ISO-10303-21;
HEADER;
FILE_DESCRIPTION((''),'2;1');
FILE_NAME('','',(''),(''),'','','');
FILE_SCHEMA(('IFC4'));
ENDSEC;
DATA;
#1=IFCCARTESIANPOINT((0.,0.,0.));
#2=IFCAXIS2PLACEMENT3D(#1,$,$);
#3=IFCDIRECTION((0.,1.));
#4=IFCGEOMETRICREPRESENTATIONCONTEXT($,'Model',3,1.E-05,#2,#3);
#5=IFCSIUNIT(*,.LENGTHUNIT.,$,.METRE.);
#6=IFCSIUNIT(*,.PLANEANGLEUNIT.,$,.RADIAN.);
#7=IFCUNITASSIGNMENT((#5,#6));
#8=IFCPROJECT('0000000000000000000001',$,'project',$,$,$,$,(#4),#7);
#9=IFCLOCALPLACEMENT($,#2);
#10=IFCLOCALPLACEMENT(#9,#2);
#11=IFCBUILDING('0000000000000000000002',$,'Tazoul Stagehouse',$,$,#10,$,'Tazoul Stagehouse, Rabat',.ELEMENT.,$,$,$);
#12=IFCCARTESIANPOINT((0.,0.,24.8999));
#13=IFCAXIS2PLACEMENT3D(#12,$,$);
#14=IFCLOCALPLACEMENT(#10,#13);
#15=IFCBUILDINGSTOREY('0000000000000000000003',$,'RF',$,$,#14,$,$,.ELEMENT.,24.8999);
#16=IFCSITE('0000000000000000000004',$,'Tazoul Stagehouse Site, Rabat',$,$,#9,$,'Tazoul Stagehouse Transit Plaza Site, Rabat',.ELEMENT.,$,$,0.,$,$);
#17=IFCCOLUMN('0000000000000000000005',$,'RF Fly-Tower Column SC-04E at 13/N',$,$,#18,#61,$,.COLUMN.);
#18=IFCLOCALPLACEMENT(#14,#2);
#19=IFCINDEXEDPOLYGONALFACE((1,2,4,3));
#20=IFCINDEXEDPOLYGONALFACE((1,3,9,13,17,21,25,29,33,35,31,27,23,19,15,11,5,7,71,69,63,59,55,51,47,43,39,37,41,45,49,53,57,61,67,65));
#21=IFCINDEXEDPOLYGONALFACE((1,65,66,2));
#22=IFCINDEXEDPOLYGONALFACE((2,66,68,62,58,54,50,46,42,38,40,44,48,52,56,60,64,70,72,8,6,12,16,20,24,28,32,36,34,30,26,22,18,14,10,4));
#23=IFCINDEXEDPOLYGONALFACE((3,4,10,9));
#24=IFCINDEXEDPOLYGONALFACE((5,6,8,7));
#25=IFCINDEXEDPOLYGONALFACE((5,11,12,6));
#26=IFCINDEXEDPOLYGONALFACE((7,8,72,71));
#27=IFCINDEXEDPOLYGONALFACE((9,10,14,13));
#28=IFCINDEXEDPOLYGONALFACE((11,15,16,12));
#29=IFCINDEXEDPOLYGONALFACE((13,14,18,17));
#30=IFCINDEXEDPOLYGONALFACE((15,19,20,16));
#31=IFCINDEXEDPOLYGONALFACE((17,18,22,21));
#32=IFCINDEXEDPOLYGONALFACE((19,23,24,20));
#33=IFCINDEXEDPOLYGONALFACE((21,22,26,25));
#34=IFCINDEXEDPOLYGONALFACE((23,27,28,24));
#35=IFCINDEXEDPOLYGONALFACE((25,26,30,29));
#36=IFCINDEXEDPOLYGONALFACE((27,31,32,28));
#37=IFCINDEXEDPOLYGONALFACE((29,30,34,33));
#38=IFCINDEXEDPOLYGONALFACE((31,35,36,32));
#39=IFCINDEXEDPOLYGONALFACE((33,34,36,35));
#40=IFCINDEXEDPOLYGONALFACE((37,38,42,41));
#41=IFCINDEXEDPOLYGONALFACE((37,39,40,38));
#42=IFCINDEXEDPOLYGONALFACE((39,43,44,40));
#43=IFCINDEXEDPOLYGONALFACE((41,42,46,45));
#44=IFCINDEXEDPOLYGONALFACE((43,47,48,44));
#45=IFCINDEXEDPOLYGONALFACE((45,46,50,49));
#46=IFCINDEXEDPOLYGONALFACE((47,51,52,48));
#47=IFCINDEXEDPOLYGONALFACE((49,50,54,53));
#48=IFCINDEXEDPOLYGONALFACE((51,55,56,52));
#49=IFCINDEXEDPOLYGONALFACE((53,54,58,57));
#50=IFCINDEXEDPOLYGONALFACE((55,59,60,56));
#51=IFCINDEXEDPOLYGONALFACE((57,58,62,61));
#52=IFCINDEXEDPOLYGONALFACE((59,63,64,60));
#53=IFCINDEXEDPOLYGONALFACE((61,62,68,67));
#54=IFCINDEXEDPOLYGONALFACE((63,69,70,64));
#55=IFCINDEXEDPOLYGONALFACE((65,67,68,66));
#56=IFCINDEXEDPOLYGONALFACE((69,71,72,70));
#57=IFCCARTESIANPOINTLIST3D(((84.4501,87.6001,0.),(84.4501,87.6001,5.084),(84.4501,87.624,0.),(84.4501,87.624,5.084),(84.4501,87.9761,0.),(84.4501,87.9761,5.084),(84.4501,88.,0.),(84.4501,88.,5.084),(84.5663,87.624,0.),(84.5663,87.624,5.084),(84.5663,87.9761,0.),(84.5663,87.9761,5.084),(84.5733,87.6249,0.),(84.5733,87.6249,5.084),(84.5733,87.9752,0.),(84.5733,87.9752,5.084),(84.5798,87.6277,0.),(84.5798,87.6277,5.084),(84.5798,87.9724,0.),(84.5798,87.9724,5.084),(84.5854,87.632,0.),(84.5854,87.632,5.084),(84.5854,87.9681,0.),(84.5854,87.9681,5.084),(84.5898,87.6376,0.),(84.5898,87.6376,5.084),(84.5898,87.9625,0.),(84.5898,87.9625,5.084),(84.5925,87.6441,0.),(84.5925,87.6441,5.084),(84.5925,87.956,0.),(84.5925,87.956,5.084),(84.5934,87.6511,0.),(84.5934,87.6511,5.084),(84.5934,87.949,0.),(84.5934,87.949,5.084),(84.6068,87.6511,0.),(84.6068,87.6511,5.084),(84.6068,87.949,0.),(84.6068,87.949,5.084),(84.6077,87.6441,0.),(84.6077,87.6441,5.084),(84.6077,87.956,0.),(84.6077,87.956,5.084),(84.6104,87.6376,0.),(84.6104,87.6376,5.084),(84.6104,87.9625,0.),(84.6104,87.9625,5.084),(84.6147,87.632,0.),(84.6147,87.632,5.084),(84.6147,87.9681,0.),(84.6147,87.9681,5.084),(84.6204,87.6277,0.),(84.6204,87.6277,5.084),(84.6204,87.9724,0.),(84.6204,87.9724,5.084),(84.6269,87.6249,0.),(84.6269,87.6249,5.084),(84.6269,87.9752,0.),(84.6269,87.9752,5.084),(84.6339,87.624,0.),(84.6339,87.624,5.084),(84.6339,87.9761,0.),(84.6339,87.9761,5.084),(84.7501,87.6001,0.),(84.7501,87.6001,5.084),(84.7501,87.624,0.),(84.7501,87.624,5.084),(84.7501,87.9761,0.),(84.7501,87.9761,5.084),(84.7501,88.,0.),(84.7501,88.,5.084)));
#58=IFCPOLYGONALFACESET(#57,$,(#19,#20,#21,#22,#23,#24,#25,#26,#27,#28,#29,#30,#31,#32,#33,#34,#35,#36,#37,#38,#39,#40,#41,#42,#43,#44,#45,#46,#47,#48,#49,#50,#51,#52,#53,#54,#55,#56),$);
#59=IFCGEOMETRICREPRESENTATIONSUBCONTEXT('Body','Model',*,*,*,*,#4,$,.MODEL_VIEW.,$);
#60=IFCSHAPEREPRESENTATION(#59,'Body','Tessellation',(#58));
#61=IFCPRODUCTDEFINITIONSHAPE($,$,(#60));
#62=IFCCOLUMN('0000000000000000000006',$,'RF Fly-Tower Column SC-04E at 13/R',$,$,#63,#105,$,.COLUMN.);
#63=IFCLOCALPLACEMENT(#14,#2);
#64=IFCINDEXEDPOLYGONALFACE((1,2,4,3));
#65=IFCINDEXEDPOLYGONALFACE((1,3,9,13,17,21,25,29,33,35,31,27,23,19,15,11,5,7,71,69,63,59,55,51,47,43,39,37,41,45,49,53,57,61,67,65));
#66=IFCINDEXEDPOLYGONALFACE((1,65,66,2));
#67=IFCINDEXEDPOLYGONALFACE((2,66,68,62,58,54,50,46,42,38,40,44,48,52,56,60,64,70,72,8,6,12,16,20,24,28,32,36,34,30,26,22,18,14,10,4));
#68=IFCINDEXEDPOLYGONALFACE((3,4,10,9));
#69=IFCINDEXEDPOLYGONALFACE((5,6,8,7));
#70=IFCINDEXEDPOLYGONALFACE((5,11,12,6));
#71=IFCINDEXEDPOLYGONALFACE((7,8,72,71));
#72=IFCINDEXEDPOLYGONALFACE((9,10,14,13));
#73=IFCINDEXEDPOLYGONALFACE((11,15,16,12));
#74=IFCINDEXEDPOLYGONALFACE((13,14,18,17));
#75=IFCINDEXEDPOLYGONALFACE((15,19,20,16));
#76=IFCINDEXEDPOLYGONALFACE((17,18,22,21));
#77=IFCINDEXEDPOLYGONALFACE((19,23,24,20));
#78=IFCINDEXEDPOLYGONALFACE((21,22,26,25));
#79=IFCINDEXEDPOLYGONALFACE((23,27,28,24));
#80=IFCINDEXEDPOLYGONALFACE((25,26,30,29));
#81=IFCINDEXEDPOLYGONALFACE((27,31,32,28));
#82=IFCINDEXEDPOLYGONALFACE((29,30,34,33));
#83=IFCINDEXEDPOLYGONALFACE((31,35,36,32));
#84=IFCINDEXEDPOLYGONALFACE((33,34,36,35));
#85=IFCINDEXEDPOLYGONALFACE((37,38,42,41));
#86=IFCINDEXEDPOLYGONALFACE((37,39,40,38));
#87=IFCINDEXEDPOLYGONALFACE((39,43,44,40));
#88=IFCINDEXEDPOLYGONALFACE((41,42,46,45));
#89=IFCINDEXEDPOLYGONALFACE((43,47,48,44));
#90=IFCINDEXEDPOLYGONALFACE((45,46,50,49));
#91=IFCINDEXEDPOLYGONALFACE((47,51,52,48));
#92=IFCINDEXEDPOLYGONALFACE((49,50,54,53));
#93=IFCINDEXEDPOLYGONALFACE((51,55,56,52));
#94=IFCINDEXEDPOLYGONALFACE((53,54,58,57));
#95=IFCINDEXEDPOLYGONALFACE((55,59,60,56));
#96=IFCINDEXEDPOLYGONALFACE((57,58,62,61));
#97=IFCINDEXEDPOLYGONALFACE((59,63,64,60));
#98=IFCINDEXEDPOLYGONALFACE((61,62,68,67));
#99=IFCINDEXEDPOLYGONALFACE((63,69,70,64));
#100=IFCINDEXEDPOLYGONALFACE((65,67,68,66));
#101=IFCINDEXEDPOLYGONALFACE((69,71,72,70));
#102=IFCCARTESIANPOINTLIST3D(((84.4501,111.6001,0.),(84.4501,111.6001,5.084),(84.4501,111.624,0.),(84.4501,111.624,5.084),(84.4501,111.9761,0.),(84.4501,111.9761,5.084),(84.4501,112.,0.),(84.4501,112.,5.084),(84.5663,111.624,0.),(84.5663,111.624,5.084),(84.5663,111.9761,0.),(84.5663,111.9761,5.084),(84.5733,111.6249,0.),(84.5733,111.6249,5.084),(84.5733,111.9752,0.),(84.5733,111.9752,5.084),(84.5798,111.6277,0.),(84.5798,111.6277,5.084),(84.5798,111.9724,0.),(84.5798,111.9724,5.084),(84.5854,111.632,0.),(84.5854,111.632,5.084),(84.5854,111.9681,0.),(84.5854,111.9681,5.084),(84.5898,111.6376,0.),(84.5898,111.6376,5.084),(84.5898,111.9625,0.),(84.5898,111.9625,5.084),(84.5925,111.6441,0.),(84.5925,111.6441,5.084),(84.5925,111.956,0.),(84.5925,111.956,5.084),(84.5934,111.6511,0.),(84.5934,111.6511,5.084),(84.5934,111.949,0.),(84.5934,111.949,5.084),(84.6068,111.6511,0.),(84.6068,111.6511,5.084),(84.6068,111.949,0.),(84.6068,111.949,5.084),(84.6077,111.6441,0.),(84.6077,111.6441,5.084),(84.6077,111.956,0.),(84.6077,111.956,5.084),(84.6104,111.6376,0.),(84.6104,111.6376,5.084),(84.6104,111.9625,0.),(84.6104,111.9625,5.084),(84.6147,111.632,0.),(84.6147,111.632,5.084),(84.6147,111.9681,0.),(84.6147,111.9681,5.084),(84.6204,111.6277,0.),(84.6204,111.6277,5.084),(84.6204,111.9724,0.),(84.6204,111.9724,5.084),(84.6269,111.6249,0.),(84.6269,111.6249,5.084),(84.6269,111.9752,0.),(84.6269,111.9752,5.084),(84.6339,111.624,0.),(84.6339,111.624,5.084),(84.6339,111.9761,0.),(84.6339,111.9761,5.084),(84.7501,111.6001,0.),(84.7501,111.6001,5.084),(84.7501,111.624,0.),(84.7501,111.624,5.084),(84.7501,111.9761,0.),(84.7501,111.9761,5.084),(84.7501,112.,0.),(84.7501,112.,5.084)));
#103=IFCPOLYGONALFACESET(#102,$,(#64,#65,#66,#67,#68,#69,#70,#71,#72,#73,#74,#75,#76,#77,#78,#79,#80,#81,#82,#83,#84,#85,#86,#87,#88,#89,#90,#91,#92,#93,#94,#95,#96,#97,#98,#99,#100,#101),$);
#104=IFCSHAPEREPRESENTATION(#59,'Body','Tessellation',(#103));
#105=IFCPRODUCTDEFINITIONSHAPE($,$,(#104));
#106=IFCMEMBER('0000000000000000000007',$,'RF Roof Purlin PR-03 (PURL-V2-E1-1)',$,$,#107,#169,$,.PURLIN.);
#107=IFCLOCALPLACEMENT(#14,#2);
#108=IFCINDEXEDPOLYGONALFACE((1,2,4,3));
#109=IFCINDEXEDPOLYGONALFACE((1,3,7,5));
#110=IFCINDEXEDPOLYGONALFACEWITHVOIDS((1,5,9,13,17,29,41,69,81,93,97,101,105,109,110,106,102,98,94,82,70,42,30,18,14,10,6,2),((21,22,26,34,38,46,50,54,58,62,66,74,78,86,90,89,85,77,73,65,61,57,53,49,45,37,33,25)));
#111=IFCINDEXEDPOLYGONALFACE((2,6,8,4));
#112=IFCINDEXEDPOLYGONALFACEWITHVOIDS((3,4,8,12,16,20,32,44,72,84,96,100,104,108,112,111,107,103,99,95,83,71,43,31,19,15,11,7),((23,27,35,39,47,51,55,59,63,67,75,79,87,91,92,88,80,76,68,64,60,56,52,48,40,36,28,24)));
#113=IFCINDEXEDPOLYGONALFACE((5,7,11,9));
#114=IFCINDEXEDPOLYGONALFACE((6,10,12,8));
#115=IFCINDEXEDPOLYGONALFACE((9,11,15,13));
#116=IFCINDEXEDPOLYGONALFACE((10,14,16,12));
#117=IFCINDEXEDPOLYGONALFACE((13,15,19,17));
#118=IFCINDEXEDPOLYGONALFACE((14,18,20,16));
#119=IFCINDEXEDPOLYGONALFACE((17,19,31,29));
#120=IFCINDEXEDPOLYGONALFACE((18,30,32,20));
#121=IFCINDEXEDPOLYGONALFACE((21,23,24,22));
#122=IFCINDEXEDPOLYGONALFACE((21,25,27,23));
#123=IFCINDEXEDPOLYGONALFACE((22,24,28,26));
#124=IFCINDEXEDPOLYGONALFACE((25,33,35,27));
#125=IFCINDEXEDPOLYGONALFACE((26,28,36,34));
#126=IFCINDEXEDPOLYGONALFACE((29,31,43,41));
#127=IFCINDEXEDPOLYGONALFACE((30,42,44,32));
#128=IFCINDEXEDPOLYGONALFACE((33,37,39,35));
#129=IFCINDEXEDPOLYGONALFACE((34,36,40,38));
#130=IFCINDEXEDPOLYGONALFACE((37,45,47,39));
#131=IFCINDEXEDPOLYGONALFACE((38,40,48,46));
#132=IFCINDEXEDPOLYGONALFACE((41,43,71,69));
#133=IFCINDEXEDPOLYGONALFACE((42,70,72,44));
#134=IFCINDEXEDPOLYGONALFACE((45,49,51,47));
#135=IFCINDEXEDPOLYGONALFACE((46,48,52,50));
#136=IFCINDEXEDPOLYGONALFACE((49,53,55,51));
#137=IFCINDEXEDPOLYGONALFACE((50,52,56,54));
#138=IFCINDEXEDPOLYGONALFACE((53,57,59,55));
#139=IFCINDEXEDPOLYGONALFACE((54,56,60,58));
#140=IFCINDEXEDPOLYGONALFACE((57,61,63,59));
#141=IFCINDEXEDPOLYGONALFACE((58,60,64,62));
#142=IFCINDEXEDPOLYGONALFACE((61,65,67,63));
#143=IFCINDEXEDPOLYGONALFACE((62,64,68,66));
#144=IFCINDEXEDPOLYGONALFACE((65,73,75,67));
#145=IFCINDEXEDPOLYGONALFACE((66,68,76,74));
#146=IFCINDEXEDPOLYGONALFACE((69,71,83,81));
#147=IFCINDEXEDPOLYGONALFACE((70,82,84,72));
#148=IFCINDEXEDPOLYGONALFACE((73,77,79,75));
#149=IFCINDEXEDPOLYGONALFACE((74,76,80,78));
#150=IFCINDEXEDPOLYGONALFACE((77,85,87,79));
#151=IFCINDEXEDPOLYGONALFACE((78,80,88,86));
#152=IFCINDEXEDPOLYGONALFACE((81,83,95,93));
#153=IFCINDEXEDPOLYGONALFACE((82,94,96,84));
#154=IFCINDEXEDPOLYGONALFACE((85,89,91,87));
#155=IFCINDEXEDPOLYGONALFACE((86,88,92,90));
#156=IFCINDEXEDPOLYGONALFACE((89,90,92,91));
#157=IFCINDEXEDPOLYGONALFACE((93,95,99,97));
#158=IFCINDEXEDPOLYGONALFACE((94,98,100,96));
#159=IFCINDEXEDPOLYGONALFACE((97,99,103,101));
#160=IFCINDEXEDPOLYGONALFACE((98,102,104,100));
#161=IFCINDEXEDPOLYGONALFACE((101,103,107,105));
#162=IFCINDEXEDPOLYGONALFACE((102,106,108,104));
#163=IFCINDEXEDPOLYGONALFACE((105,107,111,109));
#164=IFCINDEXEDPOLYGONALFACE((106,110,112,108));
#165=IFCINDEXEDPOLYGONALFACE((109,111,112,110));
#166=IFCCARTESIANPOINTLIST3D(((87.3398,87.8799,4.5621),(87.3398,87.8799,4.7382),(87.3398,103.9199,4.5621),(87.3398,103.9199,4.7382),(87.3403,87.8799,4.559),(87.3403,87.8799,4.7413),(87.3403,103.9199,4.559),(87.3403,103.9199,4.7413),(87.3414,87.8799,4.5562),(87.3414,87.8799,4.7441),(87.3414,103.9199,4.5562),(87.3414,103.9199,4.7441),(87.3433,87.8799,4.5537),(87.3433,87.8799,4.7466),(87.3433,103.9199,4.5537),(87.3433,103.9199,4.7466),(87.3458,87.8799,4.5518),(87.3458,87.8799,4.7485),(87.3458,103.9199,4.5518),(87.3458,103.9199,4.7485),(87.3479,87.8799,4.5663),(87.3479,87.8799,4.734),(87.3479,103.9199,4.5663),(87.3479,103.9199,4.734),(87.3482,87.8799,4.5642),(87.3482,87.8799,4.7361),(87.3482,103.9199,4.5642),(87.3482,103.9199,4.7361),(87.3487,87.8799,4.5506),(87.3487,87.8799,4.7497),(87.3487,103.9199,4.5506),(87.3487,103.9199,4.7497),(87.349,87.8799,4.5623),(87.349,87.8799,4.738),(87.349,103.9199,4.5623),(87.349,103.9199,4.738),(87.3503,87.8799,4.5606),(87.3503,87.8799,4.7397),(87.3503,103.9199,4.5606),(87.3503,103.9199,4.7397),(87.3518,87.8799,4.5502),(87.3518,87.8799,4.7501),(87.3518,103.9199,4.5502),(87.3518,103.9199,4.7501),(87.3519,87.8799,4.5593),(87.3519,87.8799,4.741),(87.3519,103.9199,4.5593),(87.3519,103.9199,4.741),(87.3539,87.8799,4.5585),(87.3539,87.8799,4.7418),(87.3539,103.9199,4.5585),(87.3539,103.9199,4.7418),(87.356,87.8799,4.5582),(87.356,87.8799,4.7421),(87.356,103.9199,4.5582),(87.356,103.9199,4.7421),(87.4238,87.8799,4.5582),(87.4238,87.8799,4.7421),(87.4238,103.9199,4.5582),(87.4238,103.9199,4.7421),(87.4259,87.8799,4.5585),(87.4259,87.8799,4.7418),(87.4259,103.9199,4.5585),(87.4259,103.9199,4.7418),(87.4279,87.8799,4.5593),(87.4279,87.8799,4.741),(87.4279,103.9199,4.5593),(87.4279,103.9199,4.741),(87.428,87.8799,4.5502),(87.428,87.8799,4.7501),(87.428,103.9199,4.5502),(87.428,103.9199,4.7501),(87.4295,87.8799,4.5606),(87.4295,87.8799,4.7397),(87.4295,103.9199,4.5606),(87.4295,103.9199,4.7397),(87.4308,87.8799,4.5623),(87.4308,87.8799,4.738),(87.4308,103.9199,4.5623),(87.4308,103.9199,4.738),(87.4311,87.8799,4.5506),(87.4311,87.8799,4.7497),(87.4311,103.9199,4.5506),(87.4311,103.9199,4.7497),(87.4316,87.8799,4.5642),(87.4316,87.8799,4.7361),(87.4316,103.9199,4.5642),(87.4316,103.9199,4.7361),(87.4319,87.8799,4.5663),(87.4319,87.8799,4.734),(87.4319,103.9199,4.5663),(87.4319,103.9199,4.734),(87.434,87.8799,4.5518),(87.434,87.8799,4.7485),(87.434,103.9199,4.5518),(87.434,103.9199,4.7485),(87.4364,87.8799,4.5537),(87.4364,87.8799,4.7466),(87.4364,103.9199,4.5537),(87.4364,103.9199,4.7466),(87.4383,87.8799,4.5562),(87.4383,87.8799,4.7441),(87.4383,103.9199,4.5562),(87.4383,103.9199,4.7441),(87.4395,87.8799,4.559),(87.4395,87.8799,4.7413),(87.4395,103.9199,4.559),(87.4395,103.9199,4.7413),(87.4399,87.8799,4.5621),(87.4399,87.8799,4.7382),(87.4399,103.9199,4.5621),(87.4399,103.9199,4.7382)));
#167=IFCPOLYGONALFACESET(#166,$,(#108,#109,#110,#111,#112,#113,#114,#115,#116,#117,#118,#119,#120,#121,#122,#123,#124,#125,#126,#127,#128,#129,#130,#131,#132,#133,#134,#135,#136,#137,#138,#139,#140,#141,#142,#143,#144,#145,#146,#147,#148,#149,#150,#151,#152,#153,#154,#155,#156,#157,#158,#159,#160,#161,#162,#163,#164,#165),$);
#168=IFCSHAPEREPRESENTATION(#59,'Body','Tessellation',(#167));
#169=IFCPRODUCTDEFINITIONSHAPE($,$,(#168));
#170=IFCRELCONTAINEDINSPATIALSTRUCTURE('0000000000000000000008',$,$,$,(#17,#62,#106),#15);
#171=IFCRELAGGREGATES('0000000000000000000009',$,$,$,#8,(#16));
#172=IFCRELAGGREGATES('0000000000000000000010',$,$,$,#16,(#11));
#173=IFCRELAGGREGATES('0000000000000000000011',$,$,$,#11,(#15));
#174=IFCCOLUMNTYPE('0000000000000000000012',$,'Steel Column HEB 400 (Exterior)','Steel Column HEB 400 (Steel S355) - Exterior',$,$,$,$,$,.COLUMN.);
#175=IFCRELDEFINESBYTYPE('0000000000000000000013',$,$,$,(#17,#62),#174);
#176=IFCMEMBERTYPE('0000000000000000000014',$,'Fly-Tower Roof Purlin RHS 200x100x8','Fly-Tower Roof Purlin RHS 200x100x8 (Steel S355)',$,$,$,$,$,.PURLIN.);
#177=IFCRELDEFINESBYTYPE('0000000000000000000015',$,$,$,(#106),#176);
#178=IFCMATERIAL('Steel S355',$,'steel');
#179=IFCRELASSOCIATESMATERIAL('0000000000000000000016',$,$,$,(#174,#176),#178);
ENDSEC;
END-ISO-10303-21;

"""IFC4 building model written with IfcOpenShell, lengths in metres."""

from ifc_helpers import new_model, si_unit, direction, frame, origin, origin_2d, place, context, subcontext, project, spatial, hollow_rectangle, i_section, extrude, material, material_profile, profile_set, type_object, element, save


model = new_model("IFC4")

# Units and contexts
model_context = context("Model", 3, precision=1e-05, world=origin(), true_north=direction((0.0, 1.0)))
body_context = subcontext(model_context, "Body", "Model", "MODEL_VIEW")
ifc_project = project(units=[si_unit("LENGTHUNIT", "METRE"), si_unit("PLANEANGLEUNIT", "RADIAN")], contexts=[model_context])

# Site, building, storey
site_placement = place(None, origin())
site = spatial("IfcSite", under=ifc_project, at=site_placement, Name="Tazoul Stagehouse Site, Rabat", LongName="Tazoul Stagehouse Transit Plaza Site, Rabat", CompositionType="ELEMENT", RefElevation=0.0)
building_placement = place(site_placement, origin())
building = spatial("IfcBuilding", under=site, at=building_placement, Name="Tazoul Stagehouse", LongName="Tazoul Stagehouse, Rabat", CompositionType="ELEMENT")
storey_placement = place(building_placement, frame((0.0, 0.0, 24.8999)))
storey = spatial("IfcBuildingStorey", under=building, at=storey_placement, Name="RF", CompositionType="ELEMENT", Elevation=24.8999)

# Columns
ifc_material_1 = material(Name="Steel S355", Category="steel")
ifc_material_profile_1 = material_profile(ifc_material_1, i_section(OverallWidth=0.3, OverallDepth=0.3999, WebThickness=0.0134, FlangeThickness=0.0239, FilletRadius=0.0271, at=origin_2d()), Name="HEB 400")
ifc_profile_set_1 = profile_set([ifc_material_profile_1], Name="Steel S355")
column_type_1 = type_object("IfcColumnType", Name="Steel Column HEB 400 (Exterior)", Description="Steel Column HEB 400 (Steel S355) - Exterior", PredefinedType="COLUMN", material=ifc_profile_set_1)
for number, where, z_axis, x_axis, name in (
    (1, (84.6001, 87.8, 0.0), (0.0, 0.0, 1.0), (1.0, 0.0, 0.0), "RF Fly-Tower Column SC-04E at 13/N"),
    (2, (84.6001, 111.8, 0.0), (0.0, 0.0, 1.0), (1.0, 0.0, 0.0), "RF Fly-Tower Column SC-04E at 13/R"),
):
    element("IfcColumn", number, at=place(storey_placement, frame(where, z_axis=z_axis, x_axis=x_axis)), inside=storey, type_object=column_type_1, Name=name, PredefinedType="COLUMN", context=body_context, shape_type="SweptSolid", body=[
        extrude(i_section(OverallWidth=0.3, OverallDepth=0.3999, WebThickness=0.0134, FlangeThickness=0.0239, FilletRadius=0.0271, at=origin_2d()), origin(), (0.0, 0.0, 1.0), 5.084),
    ])

# Member
ifc_material_profile_2 = material_profile(ifc_material_1, hollow_rectangle(XDim=0.1001, YDim=0.2, WallThickness=0.0081, InnerFilletRadius=0.0081, OuterFilletRadius=0.012, at=origin_2d()), Name="RHS 200x100x8")
ifc_profile_set_2 = profile_set([ifc_material_profile_2], Name="Steel S355")
member_type = type_object("IfcMemberType", Name="Fly-Tower Roof Purlin RHS 200x100x8", Description="Fly-Tower Roof Purlin RHS 200x100x8 (Steel S355)", PredefinedType="PURLIN", material=ifc_profile_set_2)
member_1_placement = place(storey_placement, frame((87.3899, 87.8799, 4.6501), z_axis=(0.0, 1.0, 0.0), x_axis=(-1.0, 0.0, 0.0)))
element("IfcMember", 3, at=member_1_placement, inside=storey, type_object=member_type, Name="RF Roof Purlin PR-03 (PURL-V2-E1-1)", PredefinedType="PURLIN", context=body_context, shape_type="SweptSolid", body=[
    extrude(hollow_rectangle(XDim=0.1001, YDim=0.2, WallThickness=0.0081, InnerFilletRadius=0.0081, OuterFilletRadius=0.012, at=origin_2d()), origin(), (0.0, 0.0, 1.0), 16.04),
])

save(model, "model.ifc")
